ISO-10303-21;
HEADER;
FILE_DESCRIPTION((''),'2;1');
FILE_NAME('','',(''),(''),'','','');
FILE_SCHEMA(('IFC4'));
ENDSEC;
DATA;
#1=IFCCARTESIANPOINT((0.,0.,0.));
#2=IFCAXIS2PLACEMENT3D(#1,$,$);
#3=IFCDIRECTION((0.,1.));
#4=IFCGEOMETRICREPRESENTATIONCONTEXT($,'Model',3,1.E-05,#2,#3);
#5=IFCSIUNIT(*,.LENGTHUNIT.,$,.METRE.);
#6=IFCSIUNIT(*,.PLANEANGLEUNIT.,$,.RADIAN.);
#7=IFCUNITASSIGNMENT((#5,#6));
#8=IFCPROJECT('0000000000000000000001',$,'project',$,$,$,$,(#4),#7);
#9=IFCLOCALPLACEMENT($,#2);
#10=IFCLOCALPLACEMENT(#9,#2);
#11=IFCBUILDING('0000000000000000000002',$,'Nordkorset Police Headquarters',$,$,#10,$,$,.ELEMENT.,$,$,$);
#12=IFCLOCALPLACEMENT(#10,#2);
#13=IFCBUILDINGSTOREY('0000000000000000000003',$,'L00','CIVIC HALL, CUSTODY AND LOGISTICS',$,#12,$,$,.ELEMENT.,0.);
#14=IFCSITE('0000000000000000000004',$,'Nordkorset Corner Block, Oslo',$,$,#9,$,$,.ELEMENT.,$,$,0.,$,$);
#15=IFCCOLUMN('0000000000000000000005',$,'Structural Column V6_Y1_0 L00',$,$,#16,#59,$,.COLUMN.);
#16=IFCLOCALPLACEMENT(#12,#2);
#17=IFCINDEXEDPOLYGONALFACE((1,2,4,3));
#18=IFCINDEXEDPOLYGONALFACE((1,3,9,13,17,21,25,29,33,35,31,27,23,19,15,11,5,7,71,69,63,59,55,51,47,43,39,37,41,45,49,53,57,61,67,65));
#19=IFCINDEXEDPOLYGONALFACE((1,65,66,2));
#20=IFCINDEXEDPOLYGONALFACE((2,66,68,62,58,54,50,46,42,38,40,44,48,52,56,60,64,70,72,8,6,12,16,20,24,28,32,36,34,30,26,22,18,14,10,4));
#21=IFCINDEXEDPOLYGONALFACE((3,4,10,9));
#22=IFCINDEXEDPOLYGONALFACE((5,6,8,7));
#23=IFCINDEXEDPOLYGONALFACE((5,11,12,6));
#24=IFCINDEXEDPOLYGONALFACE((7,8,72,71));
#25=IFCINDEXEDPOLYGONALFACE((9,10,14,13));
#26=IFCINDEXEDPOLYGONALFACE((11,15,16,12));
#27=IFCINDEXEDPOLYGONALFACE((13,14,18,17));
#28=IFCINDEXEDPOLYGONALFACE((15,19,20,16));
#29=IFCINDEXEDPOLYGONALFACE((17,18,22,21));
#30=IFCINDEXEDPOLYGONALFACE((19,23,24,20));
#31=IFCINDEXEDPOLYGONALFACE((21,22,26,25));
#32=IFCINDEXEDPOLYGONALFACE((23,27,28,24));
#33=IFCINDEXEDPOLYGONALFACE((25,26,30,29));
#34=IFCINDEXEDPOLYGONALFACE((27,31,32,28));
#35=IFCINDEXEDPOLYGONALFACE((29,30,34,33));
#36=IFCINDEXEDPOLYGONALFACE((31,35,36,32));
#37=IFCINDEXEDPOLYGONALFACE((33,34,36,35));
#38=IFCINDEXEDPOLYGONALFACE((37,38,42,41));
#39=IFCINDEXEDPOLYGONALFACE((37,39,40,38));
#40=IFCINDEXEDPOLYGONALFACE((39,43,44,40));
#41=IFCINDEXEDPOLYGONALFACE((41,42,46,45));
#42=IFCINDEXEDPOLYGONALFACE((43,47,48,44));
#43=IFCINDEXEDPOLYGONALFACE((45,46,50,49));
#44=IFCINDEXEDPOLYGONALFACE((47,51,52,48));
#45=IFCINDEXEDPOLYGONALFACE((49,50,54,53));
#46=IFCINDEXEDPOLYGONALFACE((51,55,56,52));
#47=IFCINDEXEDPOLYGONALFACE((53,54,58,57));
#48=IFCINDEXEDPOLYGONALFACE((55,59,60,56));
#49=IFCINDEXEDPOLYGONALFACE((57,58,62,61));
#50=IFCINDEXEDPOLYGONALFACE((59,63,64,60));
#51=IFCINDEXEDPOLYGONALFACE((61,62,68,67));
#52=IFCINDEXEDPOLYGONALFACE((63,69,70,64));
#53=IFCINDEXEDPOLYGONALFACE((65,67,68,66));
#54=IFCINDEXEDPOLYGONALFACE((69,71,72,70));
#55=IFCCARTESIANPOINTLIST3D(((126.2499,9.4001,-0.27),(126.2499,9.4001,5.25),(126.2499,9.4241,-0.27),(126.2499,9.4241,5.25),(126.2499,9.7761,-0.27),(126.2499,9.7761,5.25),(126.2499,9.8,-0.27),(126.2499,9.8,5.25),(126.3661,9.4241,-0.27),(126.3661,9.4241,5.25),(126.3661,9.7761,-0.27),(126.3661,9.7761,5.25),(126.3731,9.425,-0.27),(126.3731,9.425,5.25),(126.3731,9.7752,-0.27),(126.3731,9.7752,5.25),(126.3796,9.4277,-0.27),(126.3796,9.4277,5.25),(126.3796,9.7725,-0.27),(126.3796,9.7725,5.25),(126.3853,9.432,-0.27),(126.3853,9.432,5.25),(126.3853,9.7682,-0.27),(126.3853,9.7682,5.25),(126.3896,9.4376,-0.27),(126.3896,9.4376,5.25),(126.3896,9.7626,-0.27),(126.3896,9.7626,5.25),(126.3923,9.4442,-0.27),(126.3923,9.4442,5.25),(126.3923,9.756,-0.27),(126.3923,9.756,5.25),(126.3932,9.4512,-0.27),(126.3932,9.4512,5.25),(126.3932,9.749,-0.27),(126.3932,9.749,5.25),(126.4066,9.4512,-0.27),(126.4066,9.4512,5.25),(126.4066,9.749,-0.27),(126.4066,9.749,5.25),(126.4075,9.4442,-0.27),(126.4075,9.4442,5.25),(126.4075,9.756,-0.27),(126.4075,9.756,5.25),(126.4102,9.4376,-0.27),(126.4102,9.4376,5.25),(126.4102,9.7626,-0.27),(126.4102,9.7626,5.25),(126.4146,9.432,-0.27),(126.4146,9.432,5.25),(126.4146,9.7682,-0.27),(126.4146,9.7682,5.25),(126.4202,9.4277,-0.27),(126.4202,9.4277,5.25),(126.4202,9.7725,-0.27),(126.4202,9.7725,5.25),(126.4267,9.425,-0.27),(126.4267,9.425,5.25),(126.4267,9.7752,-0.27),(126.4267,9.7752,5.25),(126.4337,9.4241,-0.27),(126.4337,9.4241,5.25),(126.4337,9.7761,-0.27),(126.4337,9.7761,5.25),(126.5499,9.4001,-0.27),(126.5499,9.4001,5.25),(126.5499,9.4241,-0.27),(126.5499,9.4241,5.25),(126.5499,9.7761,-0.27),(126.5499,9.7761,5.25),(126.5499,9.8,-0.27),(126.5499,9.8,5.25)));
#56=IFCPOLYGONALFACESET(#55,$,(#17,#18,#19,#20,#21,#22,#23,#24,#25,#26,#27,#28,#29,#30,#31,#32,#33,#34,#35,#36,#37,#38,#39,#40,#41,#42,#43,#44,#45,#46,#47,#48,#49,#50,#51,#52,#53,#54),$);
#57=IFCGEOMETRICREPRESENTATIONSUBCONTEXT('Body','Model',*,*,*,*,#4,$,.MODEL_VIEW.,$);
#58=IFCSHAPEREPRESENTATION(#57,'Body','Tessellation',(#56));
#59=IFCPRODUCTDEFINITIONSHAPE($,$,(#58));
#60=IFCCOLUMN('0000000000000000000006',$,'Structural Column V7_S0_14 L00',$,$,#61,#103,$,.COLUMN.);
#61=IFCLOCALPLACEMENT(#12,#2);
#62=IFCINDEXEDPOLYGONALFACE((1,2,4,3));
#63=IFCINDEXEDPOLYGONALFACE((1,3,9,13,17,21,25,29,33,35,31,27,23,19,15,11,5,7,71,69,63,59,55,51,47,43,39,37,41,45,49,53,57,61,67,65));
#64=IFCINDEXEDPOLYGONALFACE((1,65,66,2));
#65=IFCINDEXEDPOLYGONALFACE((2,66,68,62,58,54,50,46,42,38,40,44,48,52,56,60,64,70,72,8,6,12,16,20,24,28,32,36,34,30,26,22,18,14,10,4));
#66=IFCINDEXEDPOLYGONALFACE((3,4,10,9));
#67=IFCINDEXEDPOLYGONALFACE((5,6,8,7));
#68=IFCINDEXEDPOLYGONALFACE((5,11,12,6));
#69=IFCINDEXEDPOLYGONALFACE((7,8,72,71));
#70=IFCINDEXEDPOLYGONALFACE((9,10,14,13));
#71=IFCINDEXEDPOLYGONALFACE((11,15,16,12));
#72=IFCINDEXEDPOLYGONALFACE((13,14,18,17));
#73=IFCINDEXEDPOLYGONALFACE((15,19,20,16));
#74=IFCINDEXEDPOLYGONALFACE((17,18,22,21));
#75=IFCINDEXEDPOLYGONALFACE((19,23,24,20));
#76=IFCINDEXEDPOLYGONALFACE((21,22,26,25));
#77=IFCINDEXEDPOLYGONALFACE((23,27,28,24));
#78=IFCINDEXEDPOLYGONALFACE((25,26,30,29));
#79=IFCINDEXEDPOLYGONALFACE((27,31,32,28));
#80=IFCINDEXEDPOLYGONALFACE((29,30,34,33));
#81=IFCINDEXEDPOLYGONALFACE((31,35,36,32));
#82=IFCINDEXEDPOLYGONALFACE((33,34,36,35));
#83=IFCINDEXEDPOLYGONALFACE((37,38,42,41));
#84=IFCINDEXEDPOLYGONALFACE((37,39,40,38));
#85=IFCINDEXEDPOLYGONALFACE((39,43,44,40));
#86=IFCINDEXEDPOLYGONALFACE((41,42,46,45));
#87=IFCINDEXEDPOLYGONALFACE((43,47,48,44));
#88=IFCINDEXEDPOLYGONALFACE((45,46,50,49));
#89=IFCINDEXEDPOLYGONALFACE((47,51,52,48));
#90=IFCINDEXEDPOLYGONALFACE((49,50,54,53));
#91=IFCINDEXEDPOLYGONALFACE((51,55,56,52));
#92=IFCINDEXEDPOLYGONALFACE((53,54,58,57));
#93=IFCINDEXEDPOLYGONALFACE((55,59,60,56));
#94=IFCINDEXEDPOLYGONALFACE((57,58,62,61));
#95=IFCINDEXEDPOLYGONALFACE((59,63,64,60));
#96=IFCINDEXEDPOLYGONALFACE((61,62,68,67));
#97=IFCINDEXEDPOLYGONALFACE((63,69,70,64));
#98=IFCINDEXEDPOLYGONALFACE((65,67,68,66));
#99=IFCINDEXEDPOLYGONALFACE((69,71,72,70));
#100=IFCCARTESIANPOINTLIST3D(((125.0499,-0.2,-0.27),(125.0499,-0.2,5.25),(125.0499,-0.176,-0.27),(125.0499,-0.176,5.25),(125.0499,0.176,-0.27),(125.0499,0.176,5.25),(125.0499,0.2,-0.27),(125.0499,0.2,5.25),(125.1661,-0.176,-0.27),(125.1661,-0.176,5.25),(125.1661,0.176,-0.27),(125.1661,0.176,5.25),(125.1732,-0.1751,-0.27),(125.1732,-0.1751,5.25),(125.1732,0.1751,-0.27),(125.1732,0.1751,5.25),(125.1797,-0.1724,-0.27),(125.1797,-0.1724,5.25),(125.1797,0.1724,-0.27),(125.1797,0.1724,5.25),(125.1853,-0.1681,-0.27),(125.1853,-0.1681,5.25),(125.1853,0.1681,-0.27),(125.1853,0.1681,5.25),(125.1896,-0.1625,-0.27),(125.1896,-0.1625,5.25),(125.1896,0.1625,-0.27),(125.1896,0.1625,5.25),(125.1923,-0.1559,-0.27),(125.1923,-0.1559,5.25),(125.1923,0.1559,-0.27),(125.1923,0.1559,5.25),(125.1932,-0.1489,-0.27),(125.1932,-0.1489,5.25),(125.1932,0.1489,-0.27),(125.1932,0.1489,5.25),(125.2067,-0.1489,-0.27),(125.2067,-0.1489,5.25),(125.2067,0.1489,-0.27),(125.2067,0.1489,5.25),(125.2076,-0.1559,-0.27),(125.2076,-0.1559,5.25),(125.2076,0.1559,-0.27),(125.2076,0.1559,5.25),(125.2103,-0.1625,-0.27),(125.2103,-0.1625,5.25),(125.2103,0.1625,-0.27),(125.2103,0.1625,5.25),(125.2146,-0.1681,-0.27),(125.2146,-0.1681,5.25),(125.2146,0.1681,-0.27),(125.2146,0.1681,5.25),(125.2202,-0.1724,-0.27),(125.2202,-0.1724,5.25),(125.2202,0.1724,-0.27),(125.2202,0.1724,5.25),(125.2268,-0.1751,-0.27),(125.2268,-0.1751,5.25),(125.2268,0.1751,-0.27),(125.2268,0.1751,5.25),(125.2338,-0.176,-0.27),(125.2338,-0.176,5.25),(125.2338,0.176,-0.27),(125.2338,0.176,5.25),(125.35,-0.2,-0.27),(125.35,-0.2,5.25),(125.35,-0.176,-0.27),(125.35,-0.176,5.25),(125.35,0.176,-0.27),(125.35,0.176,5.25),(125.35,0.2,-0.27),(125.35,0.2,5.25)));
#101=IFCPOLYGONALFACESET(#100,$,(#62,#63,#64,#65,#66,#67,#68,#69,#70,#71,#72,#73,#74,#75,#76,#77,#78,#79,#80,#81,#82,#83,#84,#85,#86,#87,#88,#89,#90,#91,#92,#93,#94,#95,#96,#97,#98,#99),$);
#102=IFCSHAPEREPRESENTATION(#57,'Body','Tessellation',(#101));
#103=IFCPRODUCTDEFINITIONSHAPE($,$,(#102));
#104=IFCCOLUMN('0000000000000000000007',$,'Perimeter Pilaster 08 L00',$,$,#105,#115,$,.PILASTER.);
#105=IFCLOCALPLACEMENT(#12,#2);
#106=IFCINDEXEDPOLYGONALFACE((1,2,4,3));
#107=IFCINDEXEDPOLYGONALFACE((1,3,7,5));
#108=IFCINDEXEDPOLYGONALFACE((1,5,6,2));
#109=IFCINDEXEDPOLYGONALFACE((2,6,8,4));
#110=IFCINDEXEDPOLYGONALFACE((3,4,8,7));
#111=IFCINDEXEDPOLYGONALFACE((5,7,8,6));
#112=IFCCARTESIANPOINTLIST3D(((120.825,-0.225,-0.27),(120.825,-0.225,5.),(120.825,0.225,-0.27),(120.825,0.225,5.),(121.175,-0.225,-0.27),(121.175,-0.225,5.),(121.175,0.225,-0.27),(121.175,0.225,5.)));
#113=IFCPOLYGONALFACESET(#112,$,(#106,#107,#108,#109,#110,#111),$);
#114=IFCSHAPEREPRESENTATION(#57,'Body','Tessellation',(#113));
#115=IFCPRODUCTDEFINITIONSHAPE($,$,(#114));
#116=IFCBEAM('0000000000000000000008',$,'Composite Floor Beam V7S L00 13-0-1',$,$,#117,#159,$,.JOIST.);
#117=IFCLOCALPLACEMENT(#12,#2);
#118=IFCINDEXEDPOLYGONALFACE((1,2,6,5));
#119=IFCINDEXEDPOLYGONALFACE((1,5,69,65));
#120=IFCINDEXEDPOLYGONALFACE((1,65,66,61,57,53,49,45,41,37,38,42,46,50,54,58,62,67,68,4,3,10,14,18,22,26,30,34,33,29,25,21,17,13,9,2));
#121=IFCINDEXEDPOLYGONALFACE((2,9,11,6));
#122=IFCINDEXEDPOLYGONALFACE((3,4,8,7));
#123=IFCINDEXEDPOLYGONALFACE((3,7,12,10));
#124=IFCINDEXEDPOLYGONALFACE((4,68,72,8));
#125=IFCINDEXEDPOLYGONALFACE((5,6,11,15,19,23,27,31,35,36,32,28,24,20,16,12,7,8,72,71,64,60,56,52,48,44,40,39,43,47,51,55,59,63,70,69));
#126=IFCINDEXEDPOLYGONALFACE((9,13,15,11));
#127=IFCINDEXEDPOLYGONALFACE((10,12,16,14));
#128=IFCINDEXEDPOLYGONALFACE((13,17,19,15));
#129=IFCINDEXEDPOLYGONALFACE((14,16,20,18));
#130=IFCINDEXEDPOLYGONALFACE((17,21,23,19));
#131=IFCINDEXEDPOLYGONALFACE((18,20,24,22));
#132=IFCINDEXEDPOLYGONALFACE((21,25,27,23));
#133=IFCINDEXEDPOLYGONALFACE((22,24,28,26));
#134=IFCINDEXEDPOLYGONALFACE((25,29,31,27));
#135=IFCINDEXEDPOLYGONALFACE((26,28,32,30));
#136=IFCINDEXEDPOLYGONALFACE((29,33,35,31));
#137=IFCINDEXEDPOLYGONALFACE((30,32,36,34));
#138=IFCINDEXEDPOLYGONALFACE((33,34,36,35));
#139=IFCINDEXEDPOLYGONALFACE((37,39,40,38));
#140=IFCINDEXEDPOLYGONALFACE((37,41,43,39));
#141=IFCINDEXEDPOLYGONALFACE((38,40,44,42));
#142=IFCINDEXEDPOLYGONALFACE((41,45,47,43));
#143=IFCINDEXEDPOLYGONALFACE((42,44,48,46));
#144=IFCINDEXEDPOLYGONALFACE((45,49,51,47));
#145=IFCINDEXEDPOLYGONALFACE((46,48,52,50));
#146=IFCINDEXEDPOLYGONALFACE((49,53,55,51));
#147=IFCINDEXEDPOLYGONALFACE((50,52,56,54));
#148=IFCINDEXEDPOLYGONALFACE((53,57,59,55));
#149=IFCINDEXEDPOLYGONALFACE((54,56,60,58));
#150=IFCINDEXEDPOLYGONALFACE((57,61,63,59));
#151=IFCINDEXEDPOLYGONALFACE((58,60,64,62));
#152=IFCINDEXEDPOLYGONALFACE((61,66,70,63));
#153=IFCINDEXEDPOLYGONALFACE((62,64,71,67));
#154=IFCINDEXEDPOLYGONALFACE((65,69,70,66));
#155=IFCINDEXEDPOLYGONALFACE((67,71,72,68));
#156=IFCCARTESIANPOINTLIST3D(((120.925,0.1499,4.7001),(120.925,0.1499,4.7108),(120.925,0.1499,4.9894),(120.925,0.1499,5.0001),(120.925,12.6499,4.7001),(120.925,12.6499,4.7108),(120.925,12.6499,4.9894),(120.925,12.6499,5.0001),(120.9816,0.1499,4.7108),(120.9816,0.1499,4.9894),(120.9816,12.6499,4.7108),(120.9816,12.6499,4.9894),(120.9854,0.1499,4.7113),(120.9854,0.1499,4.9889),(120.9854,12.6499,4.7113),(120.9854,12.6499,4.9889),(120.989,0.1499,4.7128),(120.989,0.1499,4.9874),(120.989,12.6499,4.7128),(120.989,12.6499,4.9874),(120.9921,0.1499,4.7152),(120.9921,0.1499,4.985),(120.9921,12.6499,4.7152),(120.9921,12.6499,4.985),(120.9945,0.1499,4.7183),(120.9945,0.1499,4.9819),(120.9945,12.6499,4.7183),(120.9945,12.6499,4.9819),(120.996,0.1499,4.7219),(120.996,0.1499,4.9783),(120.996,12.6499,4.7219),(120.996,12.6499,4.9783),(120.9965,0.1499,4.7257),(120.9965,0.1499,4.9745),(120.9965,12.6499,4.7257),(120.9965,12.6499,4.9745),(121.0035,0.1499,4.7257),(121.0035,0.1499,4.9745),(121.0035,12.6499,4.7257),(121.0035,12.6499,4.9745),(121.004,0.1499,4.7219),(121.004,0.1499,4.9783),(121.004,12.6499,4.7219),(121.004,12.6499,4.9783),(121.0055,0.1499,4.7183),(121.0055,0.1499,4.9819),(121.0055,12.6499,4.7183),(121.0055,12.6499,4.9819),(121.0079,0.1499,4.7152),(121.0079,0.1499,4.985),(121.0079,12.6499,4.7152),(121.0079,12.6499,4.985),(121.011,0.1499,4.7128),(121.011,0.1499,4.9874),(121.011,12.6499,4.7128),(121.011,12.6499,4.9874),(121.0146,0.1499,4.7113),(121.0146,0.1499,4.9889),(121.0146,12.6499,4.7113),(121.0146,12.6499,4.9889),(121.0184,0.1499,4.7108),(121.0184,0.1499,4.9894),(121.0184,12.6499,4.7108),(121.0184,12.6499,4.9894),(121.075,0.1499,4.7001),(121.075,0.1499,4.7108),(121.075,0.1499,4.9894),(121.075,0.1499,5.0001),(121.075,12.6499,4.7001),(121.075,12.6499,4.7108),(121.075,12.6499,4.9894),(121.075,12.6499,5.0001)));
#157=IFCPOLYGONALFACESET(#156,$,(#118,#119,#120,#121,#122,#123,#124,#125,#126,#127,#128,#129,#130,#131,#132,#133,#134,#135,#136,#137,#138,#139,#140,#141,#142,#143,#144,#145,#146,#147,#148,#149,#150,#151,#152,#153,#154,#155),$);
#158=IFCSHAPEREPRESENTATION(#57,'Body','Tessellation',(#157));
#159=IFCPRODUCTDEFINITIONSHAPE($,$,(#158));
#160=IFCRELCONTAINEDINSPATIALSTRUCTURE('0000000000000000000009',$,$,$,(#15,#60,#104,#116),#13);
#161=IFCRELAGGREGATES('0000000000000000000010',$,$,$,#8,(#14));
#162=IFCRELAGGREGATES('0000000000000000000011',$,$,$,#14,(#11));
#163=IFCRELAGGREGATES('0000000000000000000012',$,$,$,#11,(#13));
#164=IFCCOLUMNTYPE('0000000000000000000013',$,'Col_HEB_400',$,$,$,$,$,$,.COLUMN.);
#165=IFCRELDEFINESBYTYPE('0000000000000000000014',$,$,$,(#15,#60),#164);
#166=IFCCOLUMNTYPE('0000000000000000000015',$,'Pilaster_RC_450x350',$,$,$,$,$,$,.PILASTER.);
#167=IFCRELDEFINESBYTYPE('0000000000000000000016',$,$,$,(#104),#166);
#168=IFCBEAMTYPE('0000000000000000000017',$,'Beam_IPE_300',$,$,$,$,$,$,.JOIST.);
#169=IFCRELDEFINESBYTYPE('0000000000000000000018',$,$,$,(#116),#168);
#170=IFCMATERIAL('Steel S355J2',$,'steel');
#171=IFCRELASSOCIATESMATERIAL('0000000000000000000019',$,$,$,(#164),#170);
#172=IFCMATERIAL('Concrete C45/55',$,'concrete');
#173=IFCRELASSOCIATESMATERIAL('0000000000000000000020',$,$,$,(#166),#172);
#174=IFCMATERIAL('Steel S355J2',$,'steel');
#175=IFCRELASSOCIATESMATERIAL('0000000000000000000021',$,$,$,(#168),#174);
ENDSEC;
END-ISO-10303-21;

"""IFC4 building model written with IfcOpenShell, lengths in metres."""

from ifc_helpers import new_model, si_unit, direction, frame, origin, origin_2d, place, context, subcontext, project, spatial, rectangle, i_section, extrude, material, material_profile, profile_set, type_object, element, save


model = new_model("IFC4")

# Units and contexts
model_context = context("Model", 3, precision=1e-05, world=origin(), true_north=direction((0.0, 1.0)))
body_context = subcontext(model_context, "Body", "Model", "MODEL_VIEW")
ifc_project = project(units=[si_unit("LENGTHUNIT", "METRE"), si_unit("PLANEANGLEUNIT", "RADIAN")], contexts=[model_context])

# Site, building, storey
site_placement = place(None, origin())
site = spatial("IfcSite", under=ifc_project, at=site_placement, Name="Nordkorset Corner Block, Oslo", CompositionType="ELEMENT", RefElevation=0.0)
building_placement = place(site_placement, origin())
building = spatial("IfcBuilding", under=site, at=building_placement, Name="Nordkorset Police Headquarters", CompositionType="ELEMENT")
storey_placement = place(building_placement, origin())
storey = spatial("IfcBuildingStorey", under=building, at=storey_placement, Name="L00", Description="CIVIC HALL, CUSTODY AND LOGISTICS", CompositionType="ELEMENT", Elevation=0.0)

# Columns
ifc_material_1 = material(Name="Steel S355J2", Category="steel")
ifc_material_profile_1 = material_profile(ifc_material_1, i_section(OverallWidth=0.3, OverallDepth=0.3999, WebThickness=0.0134, FlangeThickness=0.0239, FilletRadius=0.0271, at=origin_2d()), Name="HEB 400")
ifc_profile_set_1 = profile_set([ifc_material_profile_1], Name="Steel S355J2")
column_type_1 = type_object("IfcColumnType", Name="Col_HEB_400", PredefinedType="COLUMN", material=ifc_profile_set_1)
for number, where, z_axis, x_axis, name in (
    (1, (126.3999, 9.6001, -0.27), (0.0, 0.0, 1.0), (1.0, 0.0, 0.0), "Structural Column V6_Y1_0 L00"),
    (2, (125.2, 0.0, -0.27), (0.0, 0.0, 1.0), (1.0, 0.0, 0.0), "Structural Column V7_S0_14 L00"),
):
    element("IfcColumn", number, at=place(storey_placement, frame(where, z_axis=z_axis, x_axis=x_axis)), inside=storey, type_object=column_type_1, Name=name, PredefinedType="COLUMN", context=body_context, shape_type="SweptSolid", body=[
        extrude(i_section(OverallWidth=0.3, OverallDepth=0.3999, WebThickness=0.0134, FlangeThickness=0.0239, FilletRadius=0.0271, at=origin_2d()), origin(), (0.0, 0.0, 1.0), 5.52),
    ])
ifc_material_2 = material(Name="Concrete C45/55", Category="concrete")
ifc_material_profile_2 = material_profile(ifc_material_2, rectangle(XDim=0.3501, YDim=0.45, at=origin_2d()), Name="RC 450x350")
ifc_profile_set_2 = profile_set([ifc_material_profile_2], Name="Concrete C45/55")
column_type_2 = type_object("IfcColumnType", Name="Pilaster_RC_450x350", PredefinedType="PILASTER", material=ifc_profile_set_2)
column_placement = place(storey_placement, frame((121.0, 0.0, -0.27), z_axis=(0.0, 0.0, 1.0), x_axis=(1.0, 0.0, 0.0)))
element("IfcColumn", 3, at=column_placement, inside=storey, type_object=column_type_2, Name="Perimeter Pilaster 08 L00", PredefinedType="PILASTER", context=body_context, shape_type="SweptSolid", body=[
    extrude(rectangle(XDim=0.3501, YDim=0.45, at=origin_2d()), origin(), (0.0, 0.0, 1.0), 5.27),
])

# Beam
ifc_material_3 = material(Name="Steel S355J2", Category="steel")
ifc_material_profile_3 = material_profile(ifc_material_3, i_section(OverallWidth=0.1499, OverallDepth=0.3, WebThickness=0.0071, FlangeThickness=0.0107, FilletRadius=0.0149, at=origin_2d()), Name="IPE 300")
ifc_profile_set_3 = profile_set([ifc_material_profile_3], Name="Steel S355J2")
beam_type_1 = type_object("IfcBeamType", Name="Beam_IPE_300", PredefinedType="JOIST", material=ifc_profile_set_3)
beam_1_placement = place(storey_placement, frame((121.0, 0.1499, 4.8501), z_axis=(0.0, 1.0, 0.0), x_axis=(-1.0, 0.0, 0.0)))
element("IfcBeam", 4, at=beam_1_placement, inside=storey, type_object=beam_type_1, Name="Composite Floor Beam V7S L00 13-0-1", PredefinedType="JOIST", context=body_context, shape_type="SweptSolid", body=[
    extrude(i_section(OverallWidth=0.1499, OverallDepth=0.3, WebThickness=0.0071, FlangeThickness=0.0107, FilletRadius=0.0149, at=origin_2d()), origin(), (0.0, 0.0, 1.0), 12.5),
])

save(model, "model.ifc")
